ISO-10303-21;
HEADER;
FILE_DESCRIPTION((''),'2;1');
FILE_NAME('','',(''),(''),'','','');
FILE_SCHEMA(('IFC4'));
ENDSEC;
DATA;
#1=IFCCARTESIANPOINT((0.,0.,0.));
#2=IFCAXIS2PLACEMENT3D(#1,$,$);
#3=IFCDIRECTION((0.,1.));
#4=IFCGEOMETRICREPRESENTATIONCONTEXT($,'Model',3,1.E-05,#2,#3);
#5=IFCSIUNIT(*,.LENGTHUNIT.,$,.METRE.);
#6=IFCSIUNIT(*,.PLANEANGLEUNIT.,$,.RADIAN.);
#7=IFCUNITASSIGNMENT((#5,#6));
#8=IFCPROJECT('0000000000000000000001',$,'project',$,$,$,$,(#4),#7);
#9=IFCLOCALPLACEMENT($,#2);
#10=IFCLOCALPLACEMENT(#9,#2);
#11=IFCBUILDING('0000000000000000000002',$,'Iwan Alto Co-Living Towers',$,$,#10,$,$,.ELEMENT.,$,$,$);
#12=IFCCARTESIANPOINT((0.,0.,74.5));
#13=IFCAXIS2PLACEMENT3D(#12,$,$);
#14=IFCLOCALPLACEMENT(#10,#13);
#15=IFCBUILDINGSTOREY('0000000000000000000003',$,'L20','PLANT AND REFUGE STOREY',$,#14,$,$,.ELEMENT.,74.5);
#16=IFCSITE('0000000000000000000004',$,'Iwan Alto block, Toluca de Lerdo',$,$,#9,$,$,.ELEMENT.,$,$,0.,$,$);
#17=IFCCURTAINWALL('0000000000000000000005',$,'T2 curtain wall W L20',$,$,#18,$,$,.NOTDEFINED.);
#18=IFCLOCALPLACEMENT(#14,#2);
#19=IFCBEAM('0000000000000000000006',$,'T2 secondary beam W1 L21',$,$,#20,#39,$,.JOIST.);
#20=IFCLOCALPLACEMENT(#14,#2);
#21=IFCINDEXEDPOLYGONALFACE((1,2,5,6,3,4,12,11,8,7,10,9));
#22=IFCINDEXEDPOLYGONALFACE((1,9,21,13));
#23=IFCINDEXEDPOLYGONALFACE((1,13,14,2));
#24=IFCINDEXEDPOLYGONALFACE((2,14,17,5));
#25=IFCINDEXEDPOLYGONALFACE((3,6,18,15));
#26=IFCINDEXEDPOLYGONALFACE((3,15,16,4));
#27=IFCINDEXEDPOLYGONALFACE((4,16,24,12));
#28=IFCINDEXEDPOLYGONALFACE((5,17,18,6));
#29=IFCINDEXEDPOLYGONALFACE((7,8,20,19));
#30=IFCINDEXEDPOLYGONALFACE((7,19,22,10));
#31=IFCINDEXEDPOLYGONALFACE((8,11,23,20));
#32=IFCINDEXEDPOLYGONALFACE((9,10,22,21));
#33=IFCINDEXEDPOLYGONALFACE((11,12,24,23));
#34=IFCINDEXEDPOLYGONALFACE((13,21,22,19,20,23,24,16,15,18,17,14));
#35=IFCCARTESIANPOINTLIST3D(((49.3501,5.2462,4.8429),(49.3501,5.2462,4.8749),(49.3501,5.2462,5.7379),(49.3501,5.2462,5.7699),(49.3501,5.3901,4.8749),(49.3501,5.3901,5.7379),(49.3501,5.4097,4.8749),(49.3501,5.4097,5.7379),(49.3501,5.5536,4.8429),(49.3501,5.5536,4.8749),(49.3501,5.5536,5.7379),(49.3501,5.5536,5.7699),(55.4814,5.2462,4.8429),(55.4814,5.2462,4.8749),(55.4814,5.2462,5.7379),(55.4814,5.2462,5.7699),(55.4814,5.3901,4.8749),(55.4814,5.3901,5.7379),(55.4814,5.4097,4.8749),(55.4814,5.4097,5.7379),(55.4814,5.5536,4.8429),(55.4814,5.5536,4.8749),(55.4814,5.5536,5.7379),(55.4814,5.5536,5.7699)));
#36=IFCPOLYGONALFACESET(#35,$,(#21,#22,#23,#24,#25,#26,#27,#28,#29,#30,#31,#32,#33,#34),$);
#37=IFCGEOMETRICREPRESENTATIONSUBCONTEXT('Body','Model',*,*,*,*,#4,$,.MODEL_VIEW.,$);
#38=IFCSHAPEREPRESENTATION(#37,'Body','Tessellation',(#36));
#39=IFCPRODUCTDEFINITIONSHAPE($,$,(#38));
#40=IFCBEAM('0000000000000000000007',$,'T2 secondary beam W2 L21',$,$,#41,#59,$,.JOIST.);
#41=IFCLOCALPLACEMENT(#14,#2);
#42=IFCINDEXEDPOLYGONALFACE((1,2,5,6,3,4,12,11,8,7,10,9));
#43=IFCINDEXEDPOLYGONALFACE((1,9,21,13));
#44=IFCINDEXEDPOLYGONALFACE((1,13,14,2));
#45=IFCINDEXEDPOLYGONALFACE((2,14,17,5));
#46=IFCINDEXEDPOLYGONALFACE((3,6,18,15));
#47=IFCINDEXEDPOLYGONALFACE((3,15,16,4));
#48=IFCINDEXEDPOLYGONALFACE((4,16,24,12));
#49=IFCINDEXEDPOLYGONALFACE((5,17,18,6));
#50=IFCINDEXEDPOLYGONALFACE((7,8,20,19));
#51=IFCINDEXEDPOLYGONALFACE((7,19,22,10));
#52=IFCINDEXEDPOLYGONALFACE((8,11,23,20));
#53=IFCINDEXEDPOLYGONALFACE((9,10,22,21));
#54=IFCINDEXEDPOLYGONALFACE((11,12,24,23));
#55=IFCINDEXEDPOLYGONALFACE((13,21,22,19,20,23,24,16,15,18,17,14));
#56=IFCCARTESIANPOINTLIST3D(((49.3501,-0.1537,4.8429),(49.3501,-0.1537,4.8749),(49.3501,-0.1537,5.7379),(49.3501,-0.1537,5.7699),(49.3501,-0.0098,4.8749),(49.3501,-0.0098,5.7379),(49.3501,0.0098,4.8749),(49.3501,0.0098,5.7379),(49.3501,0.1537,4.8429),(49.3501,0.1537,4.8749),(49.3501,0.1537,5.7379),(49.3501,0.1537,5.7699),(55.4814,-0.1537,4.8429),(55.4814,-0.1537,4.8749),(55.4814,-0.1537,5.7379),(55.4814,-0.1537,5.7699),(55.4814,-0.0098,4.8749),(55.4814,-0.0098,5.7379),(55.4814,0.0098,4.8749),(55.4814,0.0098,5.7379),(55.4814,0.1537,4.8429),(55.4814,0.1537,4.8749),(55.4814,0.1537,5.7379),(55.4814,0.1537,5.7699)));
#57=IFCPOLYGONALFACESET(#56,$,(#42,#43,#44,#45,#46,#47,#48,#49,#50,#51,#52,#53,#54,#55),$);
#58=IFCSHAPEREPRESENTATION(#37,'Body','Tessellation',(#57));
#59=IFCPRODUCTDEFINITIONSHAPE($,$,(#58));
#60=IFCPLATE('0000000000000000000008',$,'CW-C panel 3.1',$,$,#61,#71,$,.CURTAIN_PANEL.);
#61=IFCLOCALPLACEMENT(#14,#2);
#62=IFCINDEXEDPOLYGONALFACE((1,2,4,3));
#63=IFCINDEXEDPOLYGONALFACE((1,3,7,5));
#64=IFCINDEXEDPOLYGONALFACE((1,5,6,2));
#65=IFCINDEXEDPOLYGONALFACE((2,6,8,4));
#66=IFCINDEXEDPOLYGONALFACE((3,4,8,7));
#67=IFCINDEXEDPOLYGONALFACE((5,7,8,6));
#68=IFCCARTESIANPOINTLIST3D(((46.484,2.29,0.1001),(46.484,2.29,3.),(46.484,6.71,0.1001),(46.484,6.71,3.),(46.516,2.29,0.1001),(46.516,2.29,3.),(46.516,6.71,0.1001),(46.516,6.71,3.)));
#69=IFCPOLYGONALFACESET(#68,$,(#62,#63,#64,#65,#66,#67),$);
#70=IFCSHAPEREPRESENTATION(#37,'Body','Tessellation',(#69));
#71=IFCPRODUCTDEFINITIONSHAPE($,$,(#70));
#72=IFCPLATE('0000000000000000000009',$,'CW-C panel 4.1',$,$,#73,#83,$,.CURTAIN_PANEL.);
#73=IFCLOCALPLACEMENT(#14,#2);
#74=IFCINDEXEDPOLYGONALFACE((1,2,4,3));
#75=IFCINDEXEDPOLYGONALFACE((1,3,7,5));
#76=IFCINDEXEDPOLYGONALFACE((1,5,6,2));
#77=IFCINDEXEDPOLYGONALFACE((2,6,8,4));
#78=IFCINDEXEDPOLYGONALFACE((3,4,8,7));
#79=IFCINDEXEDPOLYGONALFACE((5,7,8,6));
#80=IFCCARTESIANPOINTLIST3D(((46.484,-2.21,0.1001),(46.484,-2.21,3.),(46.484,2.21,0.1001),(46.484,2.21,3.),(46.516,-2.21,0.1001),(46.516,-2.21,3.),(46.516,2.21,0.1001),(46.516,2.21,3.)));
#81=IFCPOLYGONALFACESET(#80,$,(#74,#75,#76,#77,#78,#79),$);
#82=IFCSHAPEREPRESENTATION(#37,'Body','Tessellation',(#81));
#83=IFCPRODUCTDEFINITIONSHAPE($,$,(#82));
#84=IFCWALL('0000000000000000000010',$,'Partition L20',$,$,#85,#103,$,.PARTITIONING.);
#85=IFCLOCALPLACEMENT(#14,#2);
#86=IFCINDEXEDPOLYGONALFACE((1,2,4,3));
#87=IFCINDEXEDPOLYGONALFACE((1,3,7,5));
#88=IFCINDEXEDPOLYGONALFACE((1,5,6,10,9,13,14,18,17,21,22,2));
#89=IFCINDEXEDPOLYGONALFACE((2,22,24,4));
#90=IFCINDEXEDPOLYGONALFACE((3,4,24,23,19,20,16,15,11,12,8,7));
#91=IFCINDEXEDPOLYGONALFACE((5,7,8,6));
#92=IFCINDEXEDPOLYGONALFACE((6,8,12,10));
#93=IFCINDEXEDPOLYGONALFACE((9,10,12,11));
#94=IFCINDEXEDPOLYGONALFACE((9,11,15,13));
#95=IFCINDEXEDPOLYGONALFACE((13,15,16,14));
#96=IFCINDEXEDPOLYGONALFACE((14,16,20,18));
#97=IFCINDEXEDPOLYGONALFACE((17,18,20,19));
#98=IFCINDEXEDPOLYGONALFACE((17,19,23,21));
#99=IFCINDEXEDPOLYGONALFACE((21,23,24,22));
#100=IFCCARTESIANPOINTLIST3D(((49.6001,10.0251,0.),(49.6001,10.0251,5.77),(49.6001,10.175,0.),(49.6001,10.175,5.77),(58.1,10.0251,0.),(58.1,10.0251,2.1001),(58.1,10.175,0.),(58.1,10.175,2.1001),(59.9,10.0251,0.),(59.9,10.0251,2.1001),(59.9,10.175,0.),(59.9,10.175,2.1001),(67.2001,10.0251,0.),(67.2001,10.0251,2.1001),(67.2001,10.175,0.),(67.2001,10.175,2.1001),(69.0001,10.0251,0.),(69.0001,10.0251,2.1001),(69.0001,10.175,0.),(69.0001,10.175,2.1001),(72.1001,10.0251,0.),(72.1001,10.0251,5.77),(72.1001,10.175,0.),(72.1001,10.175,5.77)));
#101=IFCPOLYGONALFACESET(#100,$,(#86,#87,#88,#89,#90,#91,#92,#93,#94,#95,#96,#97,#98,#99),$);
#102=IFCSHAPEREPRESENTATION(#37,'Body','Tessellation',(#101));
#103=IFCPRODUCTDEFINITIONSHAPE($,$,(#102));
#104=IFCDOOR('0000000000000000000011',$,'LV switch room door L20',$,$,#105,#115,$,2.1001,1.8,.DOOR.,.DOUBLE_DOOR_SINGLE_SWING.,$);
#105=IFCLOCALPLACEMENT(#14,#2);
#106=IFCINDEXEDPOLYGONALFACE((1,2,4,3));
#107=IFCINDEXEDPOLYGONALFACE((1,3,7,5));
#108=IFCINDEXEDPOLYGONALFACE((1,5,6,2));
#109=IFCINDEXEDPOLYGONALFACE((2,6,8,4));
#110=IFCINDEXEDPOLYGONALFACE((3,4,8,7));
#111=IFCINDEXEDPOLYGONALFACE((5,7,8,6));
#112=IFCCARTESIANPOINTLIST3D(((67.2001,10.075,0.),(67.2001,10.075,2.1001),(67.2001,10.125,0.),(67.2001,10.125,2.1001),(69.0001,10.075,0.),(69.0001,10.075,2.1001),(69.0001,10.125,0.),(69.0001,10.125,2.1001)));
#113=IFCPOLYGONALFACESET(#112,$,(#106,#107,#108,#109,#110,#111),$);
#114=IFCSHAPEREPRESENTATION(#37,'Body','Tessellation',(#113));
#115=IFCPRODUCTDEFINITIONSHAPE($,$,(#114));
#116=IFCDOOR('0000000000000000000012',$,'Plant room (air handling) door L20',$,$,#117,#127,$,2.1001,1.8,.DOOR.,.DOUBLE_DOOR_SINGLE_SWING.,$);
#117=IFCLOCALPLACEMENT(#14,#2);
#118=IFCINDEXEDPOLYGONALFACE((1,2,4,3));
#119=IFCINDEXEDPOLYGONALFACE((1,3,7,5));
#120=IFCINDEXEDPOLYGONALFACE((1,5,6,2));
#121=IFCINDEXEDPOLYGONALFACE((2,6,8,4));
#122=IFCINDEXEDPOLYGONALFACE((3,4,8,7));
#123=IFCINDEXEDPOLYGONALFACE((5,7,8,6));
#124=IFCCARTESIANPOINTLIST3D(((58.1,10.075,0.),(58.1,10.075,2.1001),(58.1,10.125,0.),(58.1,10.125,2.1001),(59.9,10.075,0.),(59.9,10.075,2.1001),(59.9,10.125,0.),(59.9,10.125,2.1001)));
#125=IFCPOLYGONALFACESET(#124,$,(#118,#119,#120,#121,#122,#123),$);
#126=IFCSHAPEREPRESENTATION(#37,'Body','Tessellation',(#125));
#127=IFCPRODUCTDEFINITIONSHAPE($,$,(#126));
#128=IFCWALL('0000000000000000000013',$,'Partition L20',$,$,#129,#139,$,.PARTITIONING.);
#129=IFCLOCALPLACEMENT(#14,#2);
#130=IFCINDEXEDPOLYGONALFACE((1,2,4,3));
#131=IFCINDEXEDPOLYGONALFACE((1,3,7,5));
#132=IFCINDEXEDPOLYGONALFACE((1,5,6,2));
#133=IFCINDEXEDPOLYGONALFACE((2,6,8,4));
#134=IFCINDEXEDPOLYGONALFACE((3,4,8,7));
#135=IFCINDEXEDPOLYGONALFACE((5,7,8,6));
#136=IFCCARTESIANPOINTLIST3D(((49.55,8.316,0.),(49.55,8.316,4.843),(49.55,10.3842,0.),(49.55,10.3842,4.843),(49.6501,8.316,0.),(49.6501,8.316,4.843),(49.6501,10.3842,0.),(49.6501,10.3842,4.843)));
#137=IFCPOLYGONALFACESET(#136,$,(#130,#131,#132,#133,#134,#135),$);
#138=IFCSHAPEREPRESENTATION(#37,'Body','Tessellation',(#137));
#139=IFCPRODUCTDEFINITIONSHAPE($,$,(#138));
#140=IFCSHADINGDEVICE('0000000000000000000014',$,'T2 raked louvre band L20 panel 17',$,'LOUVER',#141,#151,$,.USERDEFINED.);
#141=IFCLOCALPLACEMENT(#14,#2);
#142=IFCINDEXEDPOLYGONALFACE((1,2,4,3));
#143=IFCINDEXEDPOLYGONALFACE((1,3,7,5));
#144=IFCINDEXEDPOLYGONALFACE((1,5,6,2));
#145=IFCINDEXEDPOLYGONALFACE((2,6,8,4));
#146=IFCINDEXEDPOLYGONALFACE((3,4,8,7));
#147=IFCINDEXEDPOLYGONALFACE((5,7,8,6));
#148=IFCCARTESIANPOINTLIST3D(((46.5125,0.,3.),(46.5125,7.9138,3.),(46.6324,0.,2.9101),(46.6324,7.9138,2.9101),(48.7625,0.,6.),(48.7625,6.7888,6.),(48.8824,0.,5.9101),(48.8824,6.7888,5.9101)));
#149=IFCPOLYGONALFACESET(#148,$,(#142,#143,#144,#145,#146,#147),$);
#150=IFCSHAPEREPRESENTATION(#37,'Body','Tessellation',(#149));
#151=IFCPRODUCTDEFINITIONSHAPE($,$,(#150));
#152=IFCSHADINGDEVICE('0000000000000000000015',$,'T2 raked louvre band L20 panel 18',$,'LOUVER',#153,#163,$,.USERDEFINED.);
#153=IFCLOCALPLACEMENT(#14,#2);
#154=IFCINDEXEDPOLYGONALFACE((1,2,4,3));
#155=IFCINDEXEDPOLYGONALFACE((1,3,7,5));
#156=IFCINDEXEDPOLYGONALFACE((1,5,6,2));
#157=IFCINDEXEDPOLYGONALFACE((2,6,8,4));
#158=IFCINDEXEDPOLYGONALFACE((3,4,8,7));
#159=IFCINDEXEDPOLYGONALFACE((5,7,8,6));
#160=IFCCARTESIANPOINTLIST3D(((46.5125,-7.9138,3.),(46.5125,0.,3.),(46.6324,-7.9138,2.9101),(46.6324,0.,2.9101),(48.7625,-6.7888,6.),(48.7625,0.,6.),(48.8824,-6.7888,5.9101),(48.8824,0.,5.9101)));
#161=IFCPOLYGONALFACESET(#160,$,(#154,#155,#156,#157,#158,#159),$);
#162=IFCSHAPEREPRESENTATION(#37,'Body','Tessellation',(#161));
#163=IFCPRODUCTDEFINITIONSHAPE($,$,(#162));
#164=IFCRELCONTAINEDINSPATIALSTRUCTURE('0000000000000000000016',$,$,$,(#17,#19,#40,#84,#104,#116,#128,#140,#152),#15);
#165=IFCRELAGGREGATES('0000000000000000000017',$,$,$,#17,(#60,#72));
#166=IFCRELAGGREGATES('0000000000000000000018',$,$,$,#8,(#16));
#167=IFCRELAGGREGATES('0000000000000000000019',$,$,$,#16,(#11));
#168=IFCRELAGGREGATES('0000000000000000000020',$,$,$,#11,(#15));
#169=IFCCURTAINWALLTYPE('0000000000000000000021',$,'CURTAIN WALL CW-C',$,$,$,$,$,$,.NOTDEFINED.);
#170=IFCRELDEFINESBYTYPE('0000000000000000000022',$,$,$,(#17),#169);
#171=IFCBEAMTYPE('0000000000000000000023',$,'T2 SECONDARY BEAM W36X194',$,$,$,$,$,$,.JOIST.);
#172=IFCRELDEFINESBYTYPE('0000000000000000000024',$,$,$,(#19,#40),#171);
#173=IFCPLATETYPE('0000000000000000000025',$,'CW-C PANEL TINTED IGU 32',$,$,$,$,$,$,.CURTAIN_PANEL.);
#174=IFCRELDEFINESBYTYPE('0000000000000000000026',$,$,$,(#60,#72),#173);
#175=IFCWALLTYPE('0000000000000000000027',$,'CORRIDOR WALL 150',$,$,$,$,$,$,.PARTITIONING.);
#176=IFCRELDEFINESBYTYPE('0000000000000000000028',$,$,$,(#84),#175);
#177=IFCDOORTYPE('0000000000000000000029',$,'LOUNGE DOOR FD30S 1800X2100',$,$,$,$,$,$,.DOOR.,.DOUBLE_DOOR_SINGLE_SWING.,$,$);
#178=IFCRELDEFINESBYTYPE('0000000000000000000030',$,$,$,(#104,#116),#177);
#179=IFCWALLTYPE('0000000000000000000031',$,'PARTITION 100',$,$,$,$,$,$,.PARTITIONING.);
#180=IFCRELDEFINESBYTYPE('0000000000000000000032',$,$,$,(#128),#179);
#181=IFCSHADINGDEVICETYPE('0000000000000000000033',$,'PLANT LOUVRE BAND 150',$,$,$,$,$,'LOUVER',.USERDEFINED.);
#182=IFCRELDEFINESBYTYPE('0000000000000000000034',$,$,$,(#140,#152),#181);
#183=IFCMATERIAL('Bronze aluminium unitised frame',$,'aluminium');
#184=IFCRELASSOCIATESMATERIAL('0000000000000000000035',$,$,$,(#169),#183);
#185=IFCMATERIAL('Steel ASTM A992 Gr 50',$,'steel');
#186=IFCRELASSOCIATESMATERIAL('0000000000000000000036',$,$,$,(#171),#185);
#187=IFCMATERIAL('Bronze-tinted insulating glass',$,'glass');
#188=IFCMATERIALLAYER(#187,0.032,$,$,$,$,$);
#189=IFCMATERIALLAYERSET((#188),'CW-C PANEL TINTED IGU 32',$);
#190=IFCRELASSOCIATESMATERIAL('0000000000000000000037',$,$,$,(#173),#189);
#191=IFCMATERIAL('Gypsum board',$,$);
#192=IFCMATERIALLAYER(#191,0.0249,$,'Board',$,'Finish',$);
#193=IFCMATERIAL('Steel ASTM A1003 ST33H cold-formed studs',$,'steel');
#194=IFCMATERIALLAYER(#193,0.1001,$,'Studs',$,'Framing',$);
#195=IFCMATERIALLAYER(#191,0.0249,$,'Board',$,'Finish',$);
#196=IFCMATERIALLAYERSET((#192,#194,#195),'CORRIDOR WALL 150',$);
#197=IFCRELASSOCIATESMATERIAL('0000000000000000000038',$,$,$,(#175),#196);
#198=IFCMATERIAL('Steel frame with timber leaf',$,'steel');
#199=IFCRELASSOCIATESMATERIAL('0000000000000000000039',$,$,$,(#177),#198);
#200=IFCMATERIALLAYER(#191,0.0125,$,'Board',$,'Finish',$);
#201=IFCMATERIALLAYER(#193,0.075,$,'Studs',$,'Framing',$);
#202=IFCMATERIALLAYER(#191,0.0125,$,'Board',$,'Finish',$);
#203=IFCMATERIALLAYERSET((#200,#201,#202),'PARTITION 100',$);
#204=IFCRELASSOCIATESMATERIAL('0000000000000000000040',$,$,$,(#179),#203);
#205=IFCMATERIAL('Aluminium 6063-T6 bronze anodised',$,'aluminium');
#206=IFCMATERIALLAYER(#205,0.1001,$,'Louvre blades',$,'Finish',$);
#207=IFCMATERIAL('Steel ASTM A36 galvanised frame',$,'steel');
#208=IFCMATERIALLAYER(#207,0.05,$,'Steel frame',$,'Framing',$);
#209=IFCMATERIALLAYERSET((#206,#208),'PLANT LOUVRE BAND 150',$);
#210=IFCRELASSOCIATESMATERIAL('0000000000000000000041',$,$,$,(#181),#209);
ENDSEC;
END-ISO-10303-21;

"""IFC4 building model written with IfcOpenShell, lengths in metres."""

from ifc_helpers import new_model, si_unit, direction, frame, frame_2d, origin, origin_2d, place, context, subcontext, project, spatial, polyline, rectangle, i_section, outline, extrude, material, layer, layer_set, material_profile, profile_set, type_object, element, fill, aggregate, save


model = new_model("IFC4")

# Units and contexts
model_context = context("Model", 3, precision=1e-05, world=origin(), true_north=direction((0.0, 1.0)))
body_context = subcontext(model_context, "Body", "Model", "MODEL_VIEW")
ifc_project = project(units=[si_unit("LENGTHUNIT", "METRE"), si_unit("PLANEANGLEUNIT", "RADIAN")], contexts=[model_context])

# Site, building, storey
site_placement = place(None, origin())
site = spatial("IfcSite", under=ifc_project, at=site_placement, Name="Iwan Alto block, Toluca de Lerdo", CompositionType="ELEMENT", RefElevation=0.0)
building_placement = place(site_placement, origin())
building = spatial("IfcBuilding", under=site, at=building_placement, Name="Iwan Alto Co-Living Towers", CompositionType="ELEMENT")
storey_placement = place(building_placement, frame((0.0, 0.0, 74.5)))
storey = spatial("IfcBuildingStorey", under=building, at=storey_placement, Name="L20", Description="PLANT AND REFUGE STOREY", CompositionType="ELEMENT", Elevation=74.5)

# Curtain wall
ifc_material_1 = material(Name="Bronze aluminium unitised frame", Category="aluminium")
curtain_wall_type = type_object("IfcCurtainWallType", Name="CURTAIN WALL CW-C", PredefinedType="NOTDEFINED", material=ifc_material_1)
curtain_wall_placement = place(storey_placement, origin())
curtain_wall = element("IfcCurtainWall", 1, at=curtain_wall_placement, inside=storey, type_object=curtain_wall_type, Name="T2 curtain wall W L20", PredefinedType="NOTDEFINED")

# Beams
ifc_material_2 = material(Name="Steel ASTM A992 Gr 50", Category="steel")
ifc_material_profile_1 = material_profile(ifc_material_2, i_section(OverallWidth=0.3074, OverallDepth=0.927, WebThickness=0.0195, FlangeThickness=0.032, at=origin_2d()), Name="W36X194")
ifc_profile_set_1 = profile_set([ifc_material_profile_1], Name="Steel ASTM A992 Gr 50")
beam_type_1 = type_object("IfcBeamType", Name="T2 SECONDARY BEAM W36X194", PredefinedType="JOIST", material=ifc_profile_set_1)
for number, where, z_axis, x_axis, name in (
    (2, (49.3501, 5.3999, 5.3064), (1.0, 0.0, 0.0), (0.0, 1.0, 0.0), "T2 secondary beam W1 L21"),
    (3, (49.3501, 0.0, 5.3064), (1.0, 0.0, 0.0), (0.0, 1.0, 0.0), "T2 secondary beam W2 L21"),
):
    element("IfcBeam", number, at=place(storey_placement, frame(where, z_axis=z_axis, x_axis=x_axis)), inside=storey, type_object=beam_type_1, Name=name, PredefinedType="JOIST", context=body_context, shape_type="SweptSolid", body=[
        extrude(i_section(OverallWidth=0.3074, OverallDepth=0.927, WebThickness=0.0195, FlangeThickness=0.032, at=origin_2d()), origin(), (0.0, 0.0, 1.0), 6.1313),
    ])

# Plates
ifc_material_3 = material(Name="Bronze-tinted insulating glass", Category="glass")
ifc_layer_1 = layer(ifc_material_3, 0.032)
ifc_layer_set_1 = layer_set([ifc_layer_1], Name="CW-C PANEL TINTED IGU 32")
plate_type = type_object("IfcPlateType", Name="CW-C PANEL TINTED IGU 32", PredefinedType="CURTAIN_PANEL", material=ifc_layer_set_1)
plate_1_placement = place(storey_placement, frame((46.5, 4.5, 0.1001), z_axis=(0.0, 0.0, 1.0), x_axis=(0.0, -1.0, 0.0)))
plate_1 = element("IfcPlate", 4, at=plate_1_placement, type_object=plate_type, Name="CW-C panel 3.1", PredefinedType="CURTAIN_PANEL", context=body_context, shape_type="SweptSolid", body=[
    extrude(rectangle(XDim=4.4199, YDim=0.032, at=origin_2d()), origin(), (0.0, 0.0, 1.0), 2.8999),
])
plate_2_placement = place(storey_placement, frame((46.5, 0.0, 0.1001), z_axis=(0.0, 0.0, 1.0), x_axis=(0.0, -1.0, 0.0)))
plate_2 = element("IfcPlate", 5, at=plate_2_placement, type_object=plate_type, Name="CW-C panel 4.1", PredefinedType="CURTAIN_PANEL", context=body_context, shape_type="SweptSolid", body=[
    extrude(rectangle(XDim=4.4199, YDim=0.032, at=origin_2d()), origin(), (0.0, 0.0, 1.0), 2.8999),
])
aggregate(curtain_wall, [plate_1, plate_2])

# Wall, openings, doors
ifc_material_4 = material(Name="Gypsum board")
ifc_layer_2 = layer(ifc_material_4, 0.0249, Name="Board", Category="Finish")
ifc_material_5 = material(Name="Steel ASTM A1003 ST33H cold-formed studs", Category="steel")
ifc_layer_3 = layer(ifc_material_5, 0.1001, Name="Studs", Category="Framing")
ifc_layer_4 = layer(ifc_material_4, 0.0249, Name="Board", Category="Finish")
ifc_layer_set_2 = layer_set([ifc_layer_2, ifc_layer_3, ifc_layer_4], Name="CORRIDOR WALL 150")
wall_type_1 = type_object("IfcWallType", Name="CORRIDOR WALL 150", PredefinedType="PARTITIONING", material=ifc_layer_set_2)
wall_1_placement = place(storey_placement, frame((49.6001, 10.1001, 0.0), z_axis=(0.0, 0.0, 1.0), x_axis=(1.0, 0.0, 0.0)))
wall_1 = element("IfcWall", 6, at=wall_1_placement, inside=storey, type_object=wall_type_1, Name="Partition L20", PredefinedType="PARTITIONING", context=body_context, shape_type="SweptSolid", body=[
    extrude(rectangle(XDim=22.5, YDim=0.1499, at=frame_2d((11.25, 0.0))), origin(), (0.0, 0.0, 1.0), 5.77),
])
opening_1_placement = place(wall_1_placement, frame((17.6001, 0.0, 0.0)))
opening_1 = element("IfcOpeningElement", 7, at=opening_1_placement, cuts=wall_1, PredefinedType="OPENING", context=body_context, shape_type="SweptSolid", body=[
    extrude(rectangle(XDim=1.8, YDim=2.1001, at=frame_2d((0.8999, 1.05))), frame((0.0, 0.085, 0.0), z_axis=(0.0, -1.0, 0.0), x_axis=(1.0, 0.0, 0.0)), (0.0, 0.0, 1.0), 0.1699),
])
opening_2_placement = place(wall_1_placement, frame((8.5, 0.0, 0.0)))
opening_2 = element("IfcOpeningElement", 8, at=opening_2_placement, cuts=wall_1, PredefinedType="OPENING", context=body_context, shape_type="SweptSolid", body=[
    extrude(rectangle(XDim=1.8, YDim=2.1001, at=frame_2d((0.8999, 1.05))), frame((0.0, 0.085, 0.0), z_axis=(0.0, -1.0, 0.0), x_axis=(1.0, 0.0, 0.0)), (0.0, 0.0, 1.0), 0.1699),
])
ifc_material_6 = material(Name="Steel frame with timber leaf", Category="steel")
door_type = type_object("IfcDoorType", Name="LOUNGE DOOR FD30S 1800X2100", OperationType="DOUBLE_DOOR_SINGLE_SWING", PredefinedType="DOOR", material=ifc_material_6)
door_1_placement = place(opening_1_placement, origin())
door_1 = element("IfcDoor", 9, at=door_1_placement, inside=storey, type_object=door_type, Name="LV switch room door L20", OperationType="DOUBLE_DOOR_SINGLE_SWING", OverallHeight=2.1001, OverallWidth=1.8, PredefinedType="DOOR", context=body_context, shape_type="SweptSolid", body=[
    extrude(rectangle(XDim=1.8, YDim=2.1001, at=frame_2d((0.8999, 1.05))), frame((0.0, 0.0249, 0.0), z_axis=(0.0, -1.0, 0.0), x_axis=(1.0, 0.0, 0.0)), (0.0, 0.0, 1.0), 0.05),
])
fill(opening_1, door_1)
door_2_placement = place(opening_2_placement, origin())
door_2 = element("IfcDoor", 10, at=door_2_placement, inside=storey, type_object=door_type, Name="Plant room (air handling) door L20", OperationType="DOUBLE_DOOR_SINGLE_SWING", OverallHeight=2.1001, OverallWidth=1.8, PredefinedType="DOOR", context=body_context, shape_type="SweptSolid", body=[
    extrude(rectangle(XDim=1.8, YDim=2.1001, at=frame_2d((0.8999, 1.05))), frame((0.0, 0.0249, 0.0), z_axis=(0.0, -1.0, 0.0), x_axis=(1.0, 0.0, 0.0)), (0.0, 0.0, 1.0), 0.05),
])
fill(opening_2, door_2)

# Wall
ifc_layer_5 = layer(ifc_material_4, 0.0125, Name="Board", Category="Finish")
ifc_layer_6 = layer(ifc_material_5, 0.075, Name="Studs", Category="Framing")
ifc_layer_7 = layer(ifc_material_4, 0.0125, Name="Board", Category="Finish")
ifc_layer_set_3 = layer_set([ifc_layer_5, ifc_layer_6, ifc_layer_7], Name="PARTITION 100")
wall_type_2 = type_object("IfcWallType", Name="PARTITION 100", PredefinedType="PARTITIONING", material=ifc_layer_set_3)
wall_2_placement = place(storey_placement, frame((49.6001, 8.3159, 0.0), z_axis=(0.0, 0.0, 1.0), x_axis=(0.0, 1.0, 0.0)))
element("IfcWall", 11, at=wall_2_placement, inside=storey, type_object=wall_type_2, Name="Partition L20", PredefinedType="PARTITIONING", context=body_context, shape_type="SweptSolid", body=[
    extrude(rectangle(XDim=2.0681, YDim=0.1001, at=frame_2d((1.0342, 0.0))), origin(), (0.0, 0.0, 1.0), 4.843),
])

# Shading devices
ifc_material_7 = material(Name="Aluminium 6063-T6 bronze anodised", Category="aluminium")
ifc_layer_8 = layer(ifc_material_7, 0.1001, Name="Louvre blades", Category="Finish")
ifc_material_8 = material(Name="Steel ASTM A36 galvanised frame", Category="steel")
ifc_layer_9 = layer(ifc_material_8, 0.05, Name="Steel frame", Category="Framing")
ifc_layer_set_4 = layer_set([ifc_layer_8, ifc_layer_9], Name="PLANT LOUVRE BAND 150")
shading_device_type = type_object("IfcShadingDeviceType", Name="PLANT LOUVRE BAND 150", ElementType="LOUVER", PredefinedType="USERDEFINED", material=ifc_layer_set_4)
shading_device_1_placement = place(storey_placement, frame((46.5125, 7.9138, 3.0), z_axis=(-0.8, 0.0, 0.6), x_axis=(0.0, -1.0, 0.0)))
element("IfcShadingDevice", 12, at=shading_device_1_placement, inside=storey, type_object=shading_device_type, Name="T2 raked louvre band L20 panel 17", ObjectType="LOUVER", PredefinedType="USERDEFINED", context=body_context, shape_type="SweptSolid", body=[
    extrude(outline(polyline([(0.0, 0.0), (7.9138, 0.0), (7.9138, 3.75), (1.125, 3.75), (0.0, 0.0)])), origin(), (0.0, 0.0, -1.0), 0.1499),
])
shading_device_2_placement = place(storey_placement, frame((46.5125, 0.0, 3.0), z_axis=(-0.8, 0.0, 0.6), x_axis=(0.0, -1.0, 0.0)))
element("IfcShadingDevice", 13, at=shading_device_2_placement, inside=storey, type_object=shading_device_type, Name="T2 raked louvre band L20 panel 18", ObjectType="LOUVER", PredefinedType="USERDEFINED", context=body_context, shape_type="SweptSolid", body=[
    extrude(outline(polyline([(0.0, 0.0), (7.9138, 0.0), (6.7888, 3.75), (0.0, 3.75), (0.0, 0.0)])), origin(), (0.0, 0.0, -1.0), 0.1499),
])

save(model, "model.ifc")
